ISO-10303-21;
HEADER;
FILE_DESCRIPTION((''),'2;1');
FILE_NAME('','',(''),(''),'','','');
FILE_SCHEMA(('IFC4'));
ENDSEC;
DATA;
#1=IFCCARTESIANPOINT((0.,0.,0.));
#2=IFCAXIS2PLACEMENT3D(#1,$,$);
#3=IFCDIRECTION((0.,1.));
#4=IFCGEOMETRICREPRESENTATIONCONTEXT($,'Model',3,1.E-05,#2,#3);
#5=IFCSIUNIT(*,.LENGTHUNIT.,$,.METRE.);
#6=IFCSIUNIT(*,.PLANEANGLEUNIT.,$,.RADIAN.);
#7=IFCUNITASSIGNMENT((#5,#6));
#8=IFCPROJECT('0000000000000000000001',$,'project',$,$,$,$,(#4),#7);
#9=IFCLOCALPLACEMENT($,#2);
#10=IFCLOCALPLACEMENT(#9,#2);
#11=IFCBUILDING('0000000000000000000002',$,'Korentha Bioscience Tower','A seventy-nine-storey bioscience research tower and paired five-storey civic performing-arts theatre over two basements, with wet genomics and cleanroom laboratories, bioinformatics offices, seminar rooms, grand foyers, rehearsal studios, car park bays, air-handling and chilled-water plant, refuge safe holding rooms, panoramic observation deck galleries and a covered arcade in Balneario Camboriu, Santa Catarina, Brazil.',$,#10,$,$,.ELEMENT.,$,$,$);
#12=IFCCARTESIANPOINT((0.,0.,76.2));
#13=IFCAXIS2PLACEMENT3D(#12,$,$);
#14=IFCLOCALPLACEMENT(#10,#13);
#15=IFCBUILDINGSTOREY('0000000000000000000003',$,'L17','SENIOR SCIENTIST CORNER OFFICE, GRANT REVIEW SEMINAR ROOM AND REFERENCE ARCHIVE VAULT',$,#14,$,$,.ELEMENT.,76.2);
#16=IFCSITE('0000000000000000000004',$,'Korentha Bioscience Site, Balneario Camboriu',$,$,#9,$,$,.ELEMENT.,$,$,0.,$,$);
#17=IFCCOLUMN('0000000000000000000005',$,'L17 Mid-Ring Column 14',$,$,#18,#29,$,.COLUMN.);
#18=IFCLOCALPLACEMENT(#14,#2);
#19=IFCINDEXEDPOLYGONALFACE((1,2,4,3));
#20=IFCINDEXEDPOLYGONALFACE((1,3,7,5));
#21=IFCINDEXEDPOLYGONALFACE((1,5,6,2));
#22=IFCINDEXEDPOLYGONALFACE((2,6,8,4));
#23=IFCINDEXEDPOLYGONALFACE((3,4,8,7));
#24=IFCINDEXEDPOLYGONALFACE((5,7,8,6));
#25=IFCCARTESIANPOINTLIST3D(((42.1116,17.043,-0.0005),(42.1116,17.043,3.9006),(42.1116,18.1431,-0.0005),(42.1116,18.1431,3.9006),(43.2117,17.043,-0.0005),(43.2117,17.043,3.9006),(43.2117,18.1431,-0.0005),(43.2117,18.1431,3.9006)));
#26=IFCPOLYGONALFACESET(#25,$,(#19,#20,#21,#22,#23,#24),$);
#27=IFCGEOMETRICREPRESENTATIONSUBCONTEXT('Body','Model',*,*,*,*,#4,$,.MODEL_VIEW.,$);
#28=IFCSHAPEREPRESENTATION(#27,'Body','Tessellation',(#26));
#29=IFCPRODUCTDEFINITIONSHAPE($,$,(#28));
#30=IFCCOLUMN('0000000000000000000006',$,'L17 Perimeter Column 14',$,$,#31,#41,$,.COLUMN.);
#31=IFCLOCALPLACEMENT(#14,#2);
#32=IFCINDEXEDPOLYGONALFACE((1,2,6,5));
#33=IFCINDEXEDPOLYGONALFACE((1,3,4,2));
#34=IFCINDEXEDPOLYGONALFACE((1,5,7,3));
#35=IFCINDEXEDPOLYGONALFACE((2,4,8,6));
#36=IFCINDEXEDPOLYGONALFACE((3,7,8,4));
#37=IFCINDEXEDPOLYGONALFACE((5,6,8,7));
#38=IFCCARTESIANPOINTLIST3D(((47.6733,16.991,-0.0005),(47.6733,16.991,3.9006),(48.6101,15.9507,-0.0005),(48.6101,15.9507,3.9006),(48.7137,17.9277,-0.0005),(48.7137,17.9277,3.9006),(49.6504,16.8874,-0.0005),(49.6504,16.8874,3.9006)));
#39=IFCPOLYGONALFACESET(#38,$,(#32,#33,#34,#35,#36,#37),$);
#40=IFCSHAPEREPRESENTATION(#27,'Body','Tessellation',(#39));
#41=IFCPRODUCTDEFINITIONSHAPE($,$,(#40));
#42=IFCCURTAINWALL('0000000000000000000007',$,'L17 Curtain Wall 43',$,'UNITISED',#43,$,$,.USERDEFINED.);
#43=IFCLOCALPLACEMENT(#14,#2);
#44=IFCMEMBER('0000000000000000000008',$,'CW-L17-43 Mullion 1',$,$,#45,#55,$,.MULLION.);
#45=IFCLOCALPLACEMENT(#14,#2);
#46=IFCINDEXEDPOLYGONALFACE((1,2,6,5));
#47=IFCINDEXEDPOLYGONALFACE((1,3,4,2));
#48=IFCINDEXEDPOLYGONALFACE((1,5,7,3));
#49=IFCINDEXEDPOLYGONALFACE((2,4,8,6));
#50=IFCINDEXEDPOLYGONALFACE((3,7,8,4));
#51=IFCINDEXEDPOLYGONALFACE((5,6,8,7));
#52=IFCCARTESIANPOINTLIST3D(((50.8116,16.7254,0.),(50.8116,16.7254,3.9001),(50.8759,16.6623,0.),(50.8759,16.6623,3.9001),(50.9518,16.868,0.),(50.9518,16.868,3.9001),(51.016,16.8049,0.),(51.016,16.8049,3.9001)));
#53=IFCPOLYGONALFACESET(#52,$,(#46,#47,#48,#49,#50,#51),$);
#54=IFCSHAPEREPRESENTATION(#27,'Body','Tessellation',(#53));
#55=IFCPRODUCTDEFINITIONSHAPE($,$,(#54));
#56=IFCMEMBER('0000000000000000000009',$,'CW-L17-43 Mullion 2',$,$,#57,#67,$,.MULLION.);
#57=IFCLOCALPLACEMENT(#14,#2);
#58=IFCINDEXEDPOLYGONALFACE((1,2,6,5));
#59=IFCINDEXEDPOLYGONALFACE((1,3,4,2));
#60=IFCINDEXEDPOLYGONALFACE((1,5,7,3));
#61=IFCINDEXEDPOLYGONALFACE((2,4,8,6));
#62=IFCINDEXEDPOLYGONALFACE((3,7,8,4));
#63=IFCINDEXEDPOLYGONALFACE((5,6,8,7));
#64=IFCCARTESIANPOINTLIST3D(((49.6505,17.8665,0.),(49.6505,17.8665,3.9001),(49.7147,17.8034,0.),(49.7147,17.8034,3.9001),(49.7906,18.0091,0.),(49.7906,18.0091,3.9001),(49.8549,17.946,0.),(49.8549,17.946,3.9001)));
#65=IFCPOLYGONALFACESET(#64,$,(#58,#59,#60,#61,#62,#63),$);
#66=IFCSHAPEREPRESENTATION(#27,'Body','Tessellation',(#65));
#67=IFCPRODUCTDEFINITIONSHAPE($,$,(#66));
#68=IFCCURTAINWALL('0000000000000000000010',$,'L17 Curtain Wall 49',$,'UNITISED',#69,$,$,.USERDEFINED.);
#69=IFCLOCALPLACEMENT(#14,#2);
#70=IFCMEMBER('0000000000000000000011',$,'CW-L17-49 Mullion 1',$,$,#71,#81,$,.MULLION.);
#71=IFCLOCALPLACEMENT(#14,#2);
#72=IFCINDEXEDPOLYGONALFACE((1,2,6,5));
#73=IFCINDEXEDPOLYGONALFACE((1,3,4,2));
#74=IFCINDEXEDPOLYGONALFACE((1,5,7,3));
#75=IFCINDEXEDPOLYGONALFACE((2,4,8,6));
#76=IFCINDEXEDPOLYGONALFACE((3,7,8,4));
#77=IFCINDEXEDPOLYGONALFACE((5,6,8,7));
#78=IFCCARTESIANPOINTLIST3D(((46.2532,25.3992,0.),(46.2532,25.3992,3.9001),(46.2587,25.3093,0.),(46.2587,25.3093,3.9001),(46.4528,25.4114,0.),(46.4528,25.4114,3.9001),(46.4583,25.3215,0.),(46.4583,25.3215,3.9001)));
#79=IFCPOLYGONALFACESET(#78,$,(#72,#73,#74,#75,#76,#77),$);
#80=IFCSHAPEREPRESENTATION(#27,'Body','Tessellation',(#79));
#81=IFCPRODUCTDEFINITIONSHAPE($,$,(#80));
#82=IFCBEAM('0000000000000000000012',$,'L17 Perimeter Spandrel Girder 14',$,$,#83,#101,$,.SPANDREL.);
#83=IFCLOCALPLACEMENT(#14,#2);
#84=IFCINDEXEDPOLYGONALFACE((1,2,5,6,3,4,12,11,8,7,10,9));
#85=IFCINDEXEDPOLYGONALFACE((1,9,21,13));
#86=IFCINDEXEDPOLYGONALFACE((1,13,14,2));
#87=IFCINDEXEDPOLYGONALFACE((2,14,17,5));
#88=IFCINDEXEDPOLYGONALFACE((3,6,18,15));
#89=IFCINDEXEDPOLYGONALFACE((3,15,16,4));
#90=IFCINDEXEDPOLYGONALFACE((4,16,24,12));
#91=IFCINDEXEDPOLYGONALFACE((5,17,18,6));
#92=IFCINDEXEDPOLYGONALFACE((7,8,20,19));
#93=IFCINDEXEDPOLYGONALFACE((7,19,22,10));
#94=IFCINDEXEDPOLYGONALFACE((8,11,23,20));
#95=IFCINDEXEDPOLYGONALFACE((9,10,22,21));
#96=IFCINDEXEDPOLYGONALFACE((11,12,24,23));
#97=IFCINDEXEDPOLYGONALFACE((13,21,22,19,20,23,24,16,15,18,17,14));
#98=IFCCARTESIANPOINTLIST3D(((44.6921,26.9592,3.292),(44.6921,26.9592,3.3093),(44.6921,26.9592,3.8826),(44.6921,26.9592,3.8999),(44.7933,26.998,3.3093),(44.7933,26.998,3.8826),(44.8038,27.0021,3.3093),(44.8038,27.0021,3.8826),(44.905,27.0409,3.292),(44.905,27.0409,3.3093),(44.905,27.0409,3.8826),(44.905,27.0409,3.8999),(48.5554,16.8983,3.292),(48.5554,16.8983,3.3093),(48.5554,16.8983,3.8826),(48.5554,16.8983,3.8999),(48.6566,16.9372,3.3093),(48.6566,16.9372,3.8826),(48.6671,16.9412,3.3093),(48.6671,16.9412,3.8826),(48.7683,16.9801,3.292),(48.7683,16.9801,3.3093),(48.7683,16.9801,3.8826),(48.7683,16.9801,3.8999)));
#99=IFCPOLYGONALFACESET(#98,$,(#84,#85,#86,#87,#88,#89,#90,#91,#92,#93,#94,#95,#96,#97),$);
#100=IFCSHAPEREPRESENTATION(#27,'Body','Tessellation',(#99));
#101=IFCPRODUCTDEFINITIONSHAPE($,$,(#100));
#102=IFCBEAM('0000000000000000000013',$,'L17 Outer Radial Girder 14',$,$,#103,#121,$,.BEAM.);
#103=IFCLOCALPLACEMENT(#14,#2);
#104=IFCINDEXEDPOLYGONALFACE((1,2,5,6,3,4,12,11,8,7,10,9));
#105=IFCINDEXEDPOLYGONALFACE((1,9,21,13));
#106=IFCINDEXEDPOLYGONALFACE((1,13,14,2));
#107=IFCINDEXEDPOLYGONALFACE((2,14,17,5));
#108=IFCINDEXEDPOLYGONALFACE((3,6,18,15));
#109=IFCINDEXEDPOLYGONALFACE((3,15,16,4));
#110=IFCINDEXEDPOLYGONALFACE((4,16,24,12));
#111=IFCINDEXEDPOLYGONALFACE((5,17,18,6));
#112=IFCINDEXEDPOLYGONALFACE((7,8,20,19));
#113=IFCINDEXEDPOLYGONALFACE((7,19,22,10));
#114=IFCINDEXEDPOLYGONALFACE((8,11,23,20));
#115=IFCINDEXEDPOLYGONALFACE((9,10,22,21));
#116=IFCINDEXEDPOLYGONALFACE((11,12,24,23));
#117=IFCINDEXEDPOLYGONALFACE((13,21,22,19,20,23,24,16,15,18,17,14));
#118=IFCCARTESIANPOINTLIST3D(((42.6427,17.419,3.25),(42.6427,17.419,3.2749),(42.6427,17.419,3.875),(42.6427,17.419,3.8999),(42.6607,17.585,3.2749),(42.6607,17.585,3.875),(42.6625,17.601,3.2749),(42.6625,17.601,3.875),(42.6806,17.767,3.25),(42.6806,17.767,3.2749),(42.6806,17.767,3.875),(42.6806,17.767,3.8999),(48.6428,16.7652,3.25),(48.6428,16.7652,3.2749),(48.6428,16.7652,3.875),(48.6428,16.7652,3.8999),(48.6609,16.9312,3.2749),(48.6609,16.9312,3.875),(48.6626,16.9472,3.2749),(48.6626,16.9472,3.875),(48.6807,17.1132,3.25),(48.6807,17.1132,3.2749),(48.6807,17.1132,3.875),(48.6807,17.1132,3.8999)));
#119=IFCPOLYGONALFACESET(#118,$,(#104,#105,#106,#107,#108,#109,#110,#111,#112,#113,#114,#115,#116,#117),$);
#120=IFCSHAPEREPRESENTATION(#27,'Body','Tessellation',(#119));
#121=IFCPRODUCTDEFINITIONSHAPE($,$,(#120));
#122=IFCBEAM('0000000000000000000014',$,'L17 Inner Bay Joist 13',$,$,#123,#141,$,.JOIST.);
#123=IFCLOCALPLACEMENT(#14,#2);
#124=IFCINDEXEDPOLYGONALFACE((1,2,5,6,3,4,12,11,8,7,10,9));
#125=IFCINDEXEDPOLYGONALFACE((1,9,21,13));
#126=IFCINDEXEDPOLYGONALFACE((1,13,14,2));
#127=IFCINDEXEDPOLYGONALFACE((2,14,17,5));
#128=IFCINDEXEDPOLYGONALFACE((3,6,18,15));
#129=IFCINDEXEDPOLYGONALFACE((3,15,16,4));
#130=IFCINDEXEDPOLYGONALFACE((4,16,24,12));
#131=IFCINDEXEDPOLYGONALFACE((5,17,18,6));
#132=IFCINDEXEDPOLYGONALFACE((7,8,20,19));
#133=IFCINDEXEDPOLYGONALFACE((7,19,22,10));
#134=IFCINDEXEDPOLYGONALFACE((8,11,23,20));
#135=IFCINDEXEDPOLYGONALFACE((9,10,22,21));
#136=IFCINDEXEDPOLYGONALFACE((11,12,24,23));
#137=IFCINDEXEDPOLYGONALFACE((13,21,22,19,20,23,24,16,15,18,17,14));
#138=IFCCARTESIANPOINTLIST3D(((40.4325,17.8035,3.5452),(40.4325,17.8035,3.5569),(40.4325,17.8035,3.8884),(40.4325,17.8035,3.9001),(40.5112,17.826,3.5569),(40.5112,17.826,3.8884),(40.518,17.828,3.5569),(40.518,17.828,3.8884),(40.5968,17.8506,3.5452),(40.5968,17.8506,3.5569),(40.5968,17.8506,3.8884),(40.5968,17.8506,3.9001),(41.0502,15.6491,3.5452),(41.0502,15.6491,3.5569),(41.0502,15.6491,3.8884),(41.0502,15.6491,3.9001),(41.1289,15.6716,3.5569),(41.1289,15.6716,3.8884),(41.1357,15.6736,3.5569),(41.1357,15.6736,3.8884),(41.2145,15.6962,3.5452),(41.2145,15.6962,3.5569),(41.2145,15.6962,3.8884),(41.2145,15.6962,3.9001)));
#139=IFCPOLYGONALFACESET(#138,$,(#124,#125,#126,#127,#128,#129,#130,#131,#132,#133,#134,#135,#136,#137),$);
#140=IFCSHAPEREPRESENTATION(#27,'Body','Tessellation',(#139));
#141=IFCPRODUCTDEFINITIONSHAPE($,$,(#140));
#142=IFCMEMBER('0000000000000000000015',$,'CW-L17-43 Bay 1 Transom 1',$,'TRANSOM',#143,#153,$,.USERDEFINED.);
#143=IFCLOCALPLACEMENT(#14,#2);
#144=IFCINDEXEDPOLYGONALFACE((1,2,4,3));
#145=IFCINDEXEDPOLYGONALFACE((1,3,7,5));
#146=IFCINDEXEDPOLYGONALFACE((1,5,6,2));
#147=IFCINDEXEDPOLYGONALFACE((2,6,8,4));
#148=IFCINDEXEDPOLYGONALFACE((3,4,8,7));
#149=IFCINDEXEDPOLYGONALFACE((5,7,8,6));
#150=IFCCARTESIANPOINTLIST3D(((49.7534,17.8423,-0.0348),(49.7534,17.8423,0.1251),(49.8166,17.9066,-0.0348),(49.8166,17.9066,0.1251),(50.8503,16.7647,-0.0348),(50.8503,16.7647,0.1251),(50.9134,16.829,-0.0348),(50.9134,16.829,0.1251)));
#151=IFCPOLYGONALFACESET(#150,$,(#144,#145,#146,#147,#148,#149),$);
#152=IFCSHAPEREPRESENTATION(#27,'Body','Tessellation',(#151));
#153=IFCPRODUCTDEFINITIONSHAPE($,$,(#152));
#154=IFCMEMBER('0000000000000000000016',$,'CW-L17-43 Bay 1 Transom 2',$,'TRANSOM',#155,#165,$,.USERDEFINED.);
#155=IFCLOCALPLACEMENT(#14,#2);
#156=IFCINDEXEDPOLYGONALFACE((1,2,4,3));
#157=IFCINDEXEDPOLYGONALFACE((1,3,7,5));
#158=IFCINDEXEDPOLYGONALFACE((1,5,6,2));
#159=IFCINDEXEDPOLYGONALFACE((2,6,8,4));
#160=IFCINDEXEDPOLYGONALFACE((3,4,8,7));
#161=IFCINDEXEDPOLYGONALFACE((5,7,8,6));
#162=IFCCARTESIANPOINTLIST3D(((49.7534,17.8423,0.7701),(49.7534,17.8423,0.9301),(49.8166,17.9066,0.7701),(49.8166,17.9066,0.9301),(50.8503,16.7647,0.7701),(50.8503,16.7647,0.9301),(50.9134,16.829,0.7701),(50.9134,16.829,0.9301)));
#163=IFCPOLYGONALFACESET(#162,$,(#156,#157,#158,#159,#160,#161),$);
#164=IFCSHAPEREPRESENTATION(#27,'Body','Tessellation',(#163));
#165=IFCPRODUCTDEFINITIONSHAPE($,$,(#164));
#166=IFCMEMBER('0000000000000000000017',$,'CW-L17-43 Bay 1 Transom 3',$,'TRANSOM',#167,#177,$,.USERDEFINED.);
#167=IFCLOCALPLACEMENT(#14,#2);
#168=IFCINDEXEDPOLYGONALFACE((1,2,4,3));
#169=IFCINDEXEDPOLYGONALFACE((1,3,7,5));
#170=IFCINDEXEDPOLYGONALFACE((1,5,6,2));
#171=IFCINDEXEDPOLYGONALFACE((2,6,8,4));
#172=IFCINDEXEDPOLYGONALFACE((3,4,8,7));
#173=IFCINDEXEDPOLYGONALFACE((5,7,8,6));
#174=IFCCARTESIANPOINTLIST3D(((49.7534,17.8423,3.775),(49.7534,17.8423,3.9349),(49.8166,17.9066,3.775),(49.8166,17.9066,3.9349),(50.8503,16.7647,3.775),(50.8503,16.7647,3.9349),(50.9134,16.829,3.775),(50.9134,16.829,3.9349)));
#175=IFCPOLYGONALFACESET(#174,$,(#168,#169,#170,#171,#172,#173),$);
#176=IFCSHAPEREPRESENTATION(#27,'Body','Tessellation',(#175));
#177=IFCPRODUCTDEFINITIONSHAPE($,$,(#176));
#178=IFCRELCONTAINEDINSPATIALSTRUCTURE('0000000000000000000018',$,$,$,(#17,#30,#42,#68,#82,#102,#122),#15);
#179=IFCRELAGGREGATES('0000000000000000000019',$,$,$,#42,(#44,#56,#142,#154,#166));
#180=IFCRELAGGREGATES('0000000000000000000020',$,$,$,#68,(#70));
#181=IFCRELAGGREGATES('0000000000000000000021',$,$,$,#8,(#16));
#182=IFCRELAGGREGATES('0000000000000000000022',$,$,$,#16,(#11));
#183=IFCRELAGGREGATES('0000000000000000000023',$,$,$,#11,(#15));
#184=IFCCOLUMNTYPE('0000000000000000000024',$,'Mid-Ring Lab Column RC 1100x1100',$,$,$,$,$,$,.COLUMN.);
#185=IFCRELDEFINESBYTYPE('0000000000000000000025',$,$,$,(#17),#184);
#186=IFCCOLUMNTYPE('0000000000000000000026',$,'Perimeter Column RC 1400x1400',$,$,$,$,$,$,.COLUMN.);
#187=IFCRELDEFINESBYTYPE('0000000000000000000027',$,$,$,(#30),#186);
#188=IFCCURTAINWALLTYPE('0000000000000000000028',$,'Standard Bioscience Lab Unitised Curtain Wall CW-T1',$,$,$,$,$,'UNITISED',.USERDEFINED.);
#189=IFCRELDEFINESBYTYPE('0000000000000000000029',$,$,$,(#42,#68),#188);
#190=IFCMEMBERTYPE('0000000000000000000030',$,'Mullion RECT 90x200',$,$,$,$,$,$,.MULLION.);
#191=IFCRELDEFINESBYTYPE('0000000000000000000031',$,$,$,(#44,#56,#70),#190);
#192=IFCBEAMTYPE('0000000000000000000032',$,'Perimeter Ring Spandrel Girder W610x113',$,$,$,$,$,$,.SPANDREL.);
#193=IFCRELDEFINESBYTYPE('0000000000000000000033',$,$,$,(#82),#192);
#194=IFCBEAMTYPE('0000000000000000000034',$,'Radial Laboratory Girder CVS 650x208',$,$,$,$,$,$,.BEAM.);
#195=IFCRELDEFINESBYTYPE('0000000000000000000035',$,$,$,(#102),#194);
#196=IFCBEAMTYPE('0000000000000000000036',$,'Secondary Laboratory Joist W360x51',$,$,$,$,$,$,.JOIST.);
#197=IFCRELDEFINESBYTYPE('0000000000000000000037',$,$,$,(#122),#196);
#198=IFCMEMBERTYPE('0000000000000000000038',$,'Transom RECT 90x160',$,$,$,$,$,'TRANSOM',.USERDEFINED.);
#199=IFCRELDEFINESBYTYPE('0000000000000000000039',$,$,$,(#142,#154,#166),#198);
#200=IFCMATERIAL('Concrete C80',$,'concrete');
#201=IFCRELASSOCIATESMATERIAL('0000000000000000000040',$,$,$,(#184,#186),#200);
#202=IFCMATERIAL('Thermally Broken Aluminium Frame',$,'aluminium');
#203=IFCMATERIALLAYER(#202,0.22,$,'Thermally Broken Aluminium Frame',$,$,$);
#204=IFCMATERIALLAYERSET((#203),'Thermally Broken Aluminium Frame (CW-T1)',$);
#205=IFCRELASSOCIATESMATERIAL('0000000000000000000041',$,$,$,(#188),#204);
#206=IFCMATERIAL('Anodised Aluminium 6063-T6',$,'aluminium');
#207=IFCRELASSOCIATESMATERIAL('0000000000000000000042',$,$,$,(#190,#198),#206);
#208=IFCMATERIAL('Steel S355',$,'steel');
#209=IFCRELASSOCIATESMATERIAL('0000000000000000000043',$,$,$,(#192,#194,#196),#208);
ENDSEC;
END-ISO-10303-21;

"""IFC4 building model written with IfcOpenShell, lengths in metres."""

from ifc_helpers import new_model, si_unit, direction, frame, origin, origin_2d, place, context, subcontext, project, spatial, rectangle, i_section, extrude, material, layer, layer_set, material_profile, profile_set, type_object, element, aggregate, save


model = new_model("IFC4")

# Units and contexts
model_context = context("Model", 3, precision=1e-05, world=origin(), true_north=direction((0.0, 1.0)))
body_context = subcontext(model_context, "Body", "Model", "MODEL_VIEW")
ifc_project = project(units=[si_unit("LENGTHUNIT", "METRE"), si_unit("PLANEANGLEUNIT", "RADIAN")], contexts=[model_context])

# Site, building, storey
site_placement = place(None, origin())
site = spatial("IfcSite", under=ifc_project, at=site_placement, Name="Korentha Bioscience Site, Balneario Camboriu", CompositionType="ELEMENT", RefElevation=0.0)
building_placement = place(site_placement, origin())
building = spatial("IfcBuilding", under=site, at=building_placement, Name="Korentha Bioscience Tower", Description="A seventy-nine-storey bioscience research tower and paired five-storey civic performing-arts theatre over two basements, with wet genomics and cleanroom laboratories, bioinformatics offices, seminar rooms, grand foyers, rehearsal studios, car park bays, air-handling and chilled-water plant, refuge safe holding rooms, panoramic observation deck galleries and a covered arcade in Balneario Camboriu, Santa Catarina, Brazil.", CompositionType="ELEMENT")
storey_placement = place(building_placement, frame((0.0, 0.0, 76.2)))
storey = spatial("IfcBuildingStorey", under=building, at=storey_placement, Name="L17", Description="SENIOR SCIENTIST CORNER OFFICE, GRANT REVIEW SEMINAR ROOM AND REFERENCE ARCHIVE VAULT", CompositionType="ELEMENT", Elevation=76.2)

# Columns
ifc_material_1 = material(Name="Concrete C80", Category="concrete")
ifc_material_profile_1 = material_profile(ifc_material_1, rectangle(XDim=1.1001, YDim=1.1001, at=origin_2d()), Name="Concrete C80")
ifc_profile_set_1 = profile_set([ifc_material_profile_1], Name="Concrete C80 (COL-MR11)")
column_type_1 = type_object("IfcColumnType", Name="Mid-Ring Lab Column RC 1100x1100", PredefinedType="COLUMN", material=ifc_profile_set_1)
column_1_placement = place(storey_placement, frame((42.6616, 17.593, -0.0005), z_axis=(0.0, 0.0, 1.0), x_axis=(1.0, 0.0, 0.0)))
element("IfcColumn", 1, at=column_1_placement, inside=storey, type_object=column_type_1, Name="L17 Mid-Ring Column 14", PredefinedType="COLUMN", context=body_context, shape_type="SweptSolid", body=[
    extrude(rectangle(XDim=1.1001, YDim=1.1001, at=origin_2d()), origin(), (0.0, 0.0, 1.0), 3.9011),
])
ifc_material_profile_2 = material_profile(ifc_material_1, rectangle(XDim=1.3999, YDim=1.3999, at=origin_2d()), Name="Concrete C80")
ifc_profile_set_2 = profile_set([ifc_material_profile_2], Name="Concrete C80 (COL-P14)")
column_type_2 = type_object("IfcColumnType", Name="Perimeter Column RC 1400x1400", PredefinedType="COLUMN", material=ifc_profile_set_2)
column_2_placement = place(storey_placement, frame((48.6619, 16.9392, -0.0005), z_axis=(0.0, 0.0, 1.0), x_axis=(-0.669131, 0.743145, 0.0)))
element("IfcColumn", 2, at=column_2_placement, inside=storey, type_object=column_type_2, Name="L17 Perimeter Column 14", PredefinedType="COLUMN", context=body_context, shape_type="SweptSolid", body=[
    extrude(rectangle(XDim=1.3999, YDim=1.3999, at=origin_2d()), origin(), (0.0, 0.0, 1.0), 3.9011),
])

# Curtain wall, members
ifc_material_2 = material(Name="Thermally Broken Aluminium Frame", Category="aluminium")
ifc_layer_1 = layer(ifc_material_2, 0.22, Name="Thermally Broken Aluminium Frame")
ifc_layer_set_1 = layer_set([ifc_layer_1], Name="Thermally Broken Aluminium Frame (CW-T1)")
curtain_wall_type = type_object("IfcCurtainWallType", Name="Standard Bioscience Lab Unitised Curtain Wall CW-T1", ElementType="UNITISED", PredefinedType="USERDEFINED", material=ifc_layer_set_1)
curtain_wall_1_placement = place(storey_placement, origin())
curtain_wall_1 = element("IfcCurtainWall", 3, at=curtain_wall_1_placement, inside=storey, type_object=curtain_wall_type, Name="L17 Curtain Wall 43", ObjectType="UNITISED", PredefinedType="USERDEFINED")
ifc_material_3 = material(Name="Anodised Aluminium 6063-T6", Category="aluminium")
ifc_material_profile_3 = material_profile(ifc_material_3, rectangle(XDim=0.0901, YDim=0.2, at=origin_2d()), Name="Anodised Aluminium 6063-T6")
ifc_profile_set_3 = profile_set([ifc_material_profile_3], Name="Anodised Aluminium 6063-T6 (CW-MUL)")
member_type_1 = type_object("IfcMemberType", Name="Mullion RECT 90x200", PredefinedType="MULLION", material=ifc_profile_set_3)
member_1_placement = place(storey_placement, frame((50.9138, 16.7651, 0.0), z_axis=(0.0, 0.0, 1.0), x_axis=(-0.713279, 0.70088, 0.0)))
member_1 = element("IfcMember", 4, at=member_1_placement, type_object=member_type_1, Name="CW-L17-43 Mullion 1", PredefinedType="MULLION", context=body_context, shape_type="SweptSolid", body=[
    extrude(rectangle(XDim=0.0901, YDim=0.2, at=origin_2d()), origin(), (0.0, 0.0, 1.0), 3.9001),
])
member_2_placement = place(storey_placement, frame((49.7527, 17.9062, 0.0), z_axis=(0.0, 0.0, 1.0), x_axis=(-0.713279, 0.70088, 0.0)))
member_2 = element("IfcMember", 5, at=member_2_placement, type_object=member_type_1, Name="CW-L17-43 Mullion 2", PredefinedType="MULLION", context=body_context, shape_type="SweptSolid", body=[
    extrude(rectangle(XDim=0.0901, YDim=0.2, at=origin_2d()), origin(), (0.0, 0.0, 1.0), 3.9001),
])

# Curtain wall, member
curtain_wall_2_placement = place(storey_placement, origin())
curtain_wall_2 = element("IfcCurtainWall", 6, at=curtain_wall_2_placement, inside=storey, type_object=curtain_wall_type, Name="L17 Curtain Wall 49", ObjectType="UNITISED", PredefinedType="USERDEFINED")
member_3_placement = place(storey_placement, frame((46.3557, 25.3604, 0.0), z_axis=(0.0, 0.0, 1.0), x_axis=(-0.061008, 0.998137, 0.0)))
member_3 = element("IfcMember", 7, at=member_3_placement, type_object=member_type_1, Name="CW-L17-49 Mullion 1", PredefinedType="MULLION", context=body_context, shape_type="SweptSolid", body=[
    extrude(rectangle(XDim=0.0901, YDim=0.2, at=origin_2d()), origin(), (0.0, 0.0, 1.0), 3.9001),
])

# Beams
ifc_material_4 = material(Name="Steel S355", Category="steel")
ifc_material_profile_4 = material_profile(ifc_material_4, i_section(OverallWidth=0.228, OverallDepth=0.6079, WebThickness=0.0112, FlangeThickness=0.0173, at=origin_2d()), Name="Steel S355")
ifc_profile_set_4 = profile_set([ifc_material_profile_4], Name="Steel S355 (SB-610)")
beam_type_1 = type_object("IfcBeamType", Name="Perimeter Ring Spandrel Girder W610x113", PredefinedType="SPANDREL", material=ifc_profile_set_4)
beam_1_placement = place(storey_placement, frame((48.6619, 16.9392, 3.5959), z_axis=(-0.358474, 0.93354, 0.0), x_axis=(-0.93354, -0.358474, 0.0)))
element("IfcBeam", 8, at=beam_1_placement, inside=storey, type_object=beam_type_1, Name="L17 Perimeter Spandrel Girder 14", PredefinedType="SPANDREL", context=body_context, shape_type="SweptSolid", body=[
    extrude(i_section(OverallWidth=0.228, OverallDepth=0.6079, WebThickness=0.0112, FlangeThickness=0.0173, at=origin_2d()), origin(), (0.0, 0.0, 1.0), 10.7771),
])
ifc_material_profile_5 = material_profile(ifc_material_4, i_section(OverallWidth=0.3501, OverallDepth=0.6499, WebThickness=0.0161, FlangeThickness=0.0249, at=origin_2d()), Name="Steel S355")
ifc_profile_set_5 = profile_set([ifc_material_profile_5], Name="Steel S355 (RB-650)")
beam_type_2 = type_object("IfcBeamType", Name="Radial Laboratory Girder CVS 650x208", PredefinedType="BEAM", material=ifc_profile_set_5)
beam_2_placement = place(storey_placement, frame((42.6616, 17.593, 3.575), z_axis=(0.994116, -0.108323, 0.0), x_axis=(0.108323, 0.994116, 0.0)))
element("IfcBeam", 9, at=beam_2_placement, inside=storey, type_object=beam_type_2, Name="L17 Outer Radial Girder 14", PredefinedType="BEAM", context=body_context, shape_type="SweptSolid", body=[
    extrude(i_section(OverallWidth=0.3501, OverallDepth=0.6499, WebThickness=0.0161, FlangeThickness=0.0249, at=origin_2d()), origin(), (0.0, 0.0, 1.0), 6.0356),
])
ifc_material_profile_6 = material_profile(ifc_material_4, i_section(OverallWidth=0.1709, OverallDepth=0.355, WebThickness=0.0071, FlangeThickness=0.0117, at=origin_2d()), Name="Steel S355")
ifc_profile_set_6 = profile_set([ifc_material_profile_6], Name="Steel S355 (JB-360)")
beam_type_3 = type_object("IfcBeamType", Name="Secondary Laboratory Joist W360x51", PredefinedType="JOIST", material=ifc_profile_set_6)
beam_3_placement = place(storey_placement, frame((41.1323, 15.6726, 3.7227), z_axis=(-0.275613, 0.961269, 0.0), x_axis=(-0.961269, -0.275613, 0.0)))
element("IfcBeam", 10, at=beam_3_placement, inside=storey, type_object=beam_type_3, Name="L17 Inner Bay Joist 13", PredefinedType="JOIST", context=body_context, shape_type="SweptSolid", body=[
    extrude(i_section(OverallWidth=0.1709, OverallDepth=0.355, WebThickness=0.0071, FlangeThickness=0.0117, at=origin_2d()), origin(), (0.0, 0.0, 1.0), 2.2412),
])

# Members
ifc_material_profile_7 = material_profile(ifc_material_3, rectangle(XDim=0.0901, YDim=0.1599, at=origin_2d()), Name="Anodised Aluminium 6063-T6")
ifc_profile_set_7 = profile_set([ifc_material_profile_7], Name="Anodised Aluminium 6063-T6 (CW-TRN)")
member_type_2 = type_object("IfcMemberType", Name="Transom RECT 90x160", ElementType="TRANSOM", PredefinedType="USERDEFINED", material=ifc_profile_set_7)
member_4_placement = place(storey_placement, frame((50.8818, 16.7969, 0.0452), z_axis=(-0.71335, 0.700808, 0.0), x_axis=(-0.700808, -0.71335, 0.0)))
member_4 = element("IfcMember", 11, at=member_4_placement, type_object=member_type_2, Name="CW-L17-43 Bay 1 Transom 1", ObjectType="TRANSOM", PredefinedType="USERDEFINED", context=body_context, shape_type="SweptSolid", body=[
    extrude(rectangle(XDim=0.0901, YDim=0.1599, at=origin_2d()), origin(), (0.0, 0.0, 1.0), 1.5376),
])
member_5_placement = place(storey_placement, frame((50.8818, 16.7969, 0.8501), z_axis=(-0.71335, 0.700808, 0.0), x_axis=(-0.700808, -0.71335, 0.0)))
member_5 = element("IfcMember", 12, at=member_5_placement, type_object=member_type_2, Name="CW-L17-43 Bay 1 Transom 2", ObjectType="TRANSOM", PredefinedType="USERDEFINED", context=body_context, shape_type="SweptSolid", body=[
    extrude(rectangle(XDim=0.0901, YDim=0.1599, at=origin_2d()), origin(), (0.0, 0.0, 1.0), 1.5376),
])
member_6_placement = place(storey_placement, frame((50.8818, 16.7969, 3.855), z_axis=(-0.71335, 0.700808, 0.0), x_axis=(-0.700808, -0.71335, 0.0)))
member_6 = element("IfcMember", 13, at=member_6_placement, type_object=member_type_2, Name="CW-L17-43 Bay 1 Transom 3", ObjectType="TRANSOM", PredefinedType="USERDEFINED", context=body_context, shape_type="SweptSolid", body=[
    extrude(rectangle(XDim=0.0901, YDim=0.1599, at=origin_2d()), origin(), (0.0, 0.0, 1.0), 1.5376),
])

aggregate(curtain_wall_1, [member_1, member_2, member_4, member_5, member_6])
aggregate(curtain_wall_2, [member_3])

save(model, "model.ifc")
